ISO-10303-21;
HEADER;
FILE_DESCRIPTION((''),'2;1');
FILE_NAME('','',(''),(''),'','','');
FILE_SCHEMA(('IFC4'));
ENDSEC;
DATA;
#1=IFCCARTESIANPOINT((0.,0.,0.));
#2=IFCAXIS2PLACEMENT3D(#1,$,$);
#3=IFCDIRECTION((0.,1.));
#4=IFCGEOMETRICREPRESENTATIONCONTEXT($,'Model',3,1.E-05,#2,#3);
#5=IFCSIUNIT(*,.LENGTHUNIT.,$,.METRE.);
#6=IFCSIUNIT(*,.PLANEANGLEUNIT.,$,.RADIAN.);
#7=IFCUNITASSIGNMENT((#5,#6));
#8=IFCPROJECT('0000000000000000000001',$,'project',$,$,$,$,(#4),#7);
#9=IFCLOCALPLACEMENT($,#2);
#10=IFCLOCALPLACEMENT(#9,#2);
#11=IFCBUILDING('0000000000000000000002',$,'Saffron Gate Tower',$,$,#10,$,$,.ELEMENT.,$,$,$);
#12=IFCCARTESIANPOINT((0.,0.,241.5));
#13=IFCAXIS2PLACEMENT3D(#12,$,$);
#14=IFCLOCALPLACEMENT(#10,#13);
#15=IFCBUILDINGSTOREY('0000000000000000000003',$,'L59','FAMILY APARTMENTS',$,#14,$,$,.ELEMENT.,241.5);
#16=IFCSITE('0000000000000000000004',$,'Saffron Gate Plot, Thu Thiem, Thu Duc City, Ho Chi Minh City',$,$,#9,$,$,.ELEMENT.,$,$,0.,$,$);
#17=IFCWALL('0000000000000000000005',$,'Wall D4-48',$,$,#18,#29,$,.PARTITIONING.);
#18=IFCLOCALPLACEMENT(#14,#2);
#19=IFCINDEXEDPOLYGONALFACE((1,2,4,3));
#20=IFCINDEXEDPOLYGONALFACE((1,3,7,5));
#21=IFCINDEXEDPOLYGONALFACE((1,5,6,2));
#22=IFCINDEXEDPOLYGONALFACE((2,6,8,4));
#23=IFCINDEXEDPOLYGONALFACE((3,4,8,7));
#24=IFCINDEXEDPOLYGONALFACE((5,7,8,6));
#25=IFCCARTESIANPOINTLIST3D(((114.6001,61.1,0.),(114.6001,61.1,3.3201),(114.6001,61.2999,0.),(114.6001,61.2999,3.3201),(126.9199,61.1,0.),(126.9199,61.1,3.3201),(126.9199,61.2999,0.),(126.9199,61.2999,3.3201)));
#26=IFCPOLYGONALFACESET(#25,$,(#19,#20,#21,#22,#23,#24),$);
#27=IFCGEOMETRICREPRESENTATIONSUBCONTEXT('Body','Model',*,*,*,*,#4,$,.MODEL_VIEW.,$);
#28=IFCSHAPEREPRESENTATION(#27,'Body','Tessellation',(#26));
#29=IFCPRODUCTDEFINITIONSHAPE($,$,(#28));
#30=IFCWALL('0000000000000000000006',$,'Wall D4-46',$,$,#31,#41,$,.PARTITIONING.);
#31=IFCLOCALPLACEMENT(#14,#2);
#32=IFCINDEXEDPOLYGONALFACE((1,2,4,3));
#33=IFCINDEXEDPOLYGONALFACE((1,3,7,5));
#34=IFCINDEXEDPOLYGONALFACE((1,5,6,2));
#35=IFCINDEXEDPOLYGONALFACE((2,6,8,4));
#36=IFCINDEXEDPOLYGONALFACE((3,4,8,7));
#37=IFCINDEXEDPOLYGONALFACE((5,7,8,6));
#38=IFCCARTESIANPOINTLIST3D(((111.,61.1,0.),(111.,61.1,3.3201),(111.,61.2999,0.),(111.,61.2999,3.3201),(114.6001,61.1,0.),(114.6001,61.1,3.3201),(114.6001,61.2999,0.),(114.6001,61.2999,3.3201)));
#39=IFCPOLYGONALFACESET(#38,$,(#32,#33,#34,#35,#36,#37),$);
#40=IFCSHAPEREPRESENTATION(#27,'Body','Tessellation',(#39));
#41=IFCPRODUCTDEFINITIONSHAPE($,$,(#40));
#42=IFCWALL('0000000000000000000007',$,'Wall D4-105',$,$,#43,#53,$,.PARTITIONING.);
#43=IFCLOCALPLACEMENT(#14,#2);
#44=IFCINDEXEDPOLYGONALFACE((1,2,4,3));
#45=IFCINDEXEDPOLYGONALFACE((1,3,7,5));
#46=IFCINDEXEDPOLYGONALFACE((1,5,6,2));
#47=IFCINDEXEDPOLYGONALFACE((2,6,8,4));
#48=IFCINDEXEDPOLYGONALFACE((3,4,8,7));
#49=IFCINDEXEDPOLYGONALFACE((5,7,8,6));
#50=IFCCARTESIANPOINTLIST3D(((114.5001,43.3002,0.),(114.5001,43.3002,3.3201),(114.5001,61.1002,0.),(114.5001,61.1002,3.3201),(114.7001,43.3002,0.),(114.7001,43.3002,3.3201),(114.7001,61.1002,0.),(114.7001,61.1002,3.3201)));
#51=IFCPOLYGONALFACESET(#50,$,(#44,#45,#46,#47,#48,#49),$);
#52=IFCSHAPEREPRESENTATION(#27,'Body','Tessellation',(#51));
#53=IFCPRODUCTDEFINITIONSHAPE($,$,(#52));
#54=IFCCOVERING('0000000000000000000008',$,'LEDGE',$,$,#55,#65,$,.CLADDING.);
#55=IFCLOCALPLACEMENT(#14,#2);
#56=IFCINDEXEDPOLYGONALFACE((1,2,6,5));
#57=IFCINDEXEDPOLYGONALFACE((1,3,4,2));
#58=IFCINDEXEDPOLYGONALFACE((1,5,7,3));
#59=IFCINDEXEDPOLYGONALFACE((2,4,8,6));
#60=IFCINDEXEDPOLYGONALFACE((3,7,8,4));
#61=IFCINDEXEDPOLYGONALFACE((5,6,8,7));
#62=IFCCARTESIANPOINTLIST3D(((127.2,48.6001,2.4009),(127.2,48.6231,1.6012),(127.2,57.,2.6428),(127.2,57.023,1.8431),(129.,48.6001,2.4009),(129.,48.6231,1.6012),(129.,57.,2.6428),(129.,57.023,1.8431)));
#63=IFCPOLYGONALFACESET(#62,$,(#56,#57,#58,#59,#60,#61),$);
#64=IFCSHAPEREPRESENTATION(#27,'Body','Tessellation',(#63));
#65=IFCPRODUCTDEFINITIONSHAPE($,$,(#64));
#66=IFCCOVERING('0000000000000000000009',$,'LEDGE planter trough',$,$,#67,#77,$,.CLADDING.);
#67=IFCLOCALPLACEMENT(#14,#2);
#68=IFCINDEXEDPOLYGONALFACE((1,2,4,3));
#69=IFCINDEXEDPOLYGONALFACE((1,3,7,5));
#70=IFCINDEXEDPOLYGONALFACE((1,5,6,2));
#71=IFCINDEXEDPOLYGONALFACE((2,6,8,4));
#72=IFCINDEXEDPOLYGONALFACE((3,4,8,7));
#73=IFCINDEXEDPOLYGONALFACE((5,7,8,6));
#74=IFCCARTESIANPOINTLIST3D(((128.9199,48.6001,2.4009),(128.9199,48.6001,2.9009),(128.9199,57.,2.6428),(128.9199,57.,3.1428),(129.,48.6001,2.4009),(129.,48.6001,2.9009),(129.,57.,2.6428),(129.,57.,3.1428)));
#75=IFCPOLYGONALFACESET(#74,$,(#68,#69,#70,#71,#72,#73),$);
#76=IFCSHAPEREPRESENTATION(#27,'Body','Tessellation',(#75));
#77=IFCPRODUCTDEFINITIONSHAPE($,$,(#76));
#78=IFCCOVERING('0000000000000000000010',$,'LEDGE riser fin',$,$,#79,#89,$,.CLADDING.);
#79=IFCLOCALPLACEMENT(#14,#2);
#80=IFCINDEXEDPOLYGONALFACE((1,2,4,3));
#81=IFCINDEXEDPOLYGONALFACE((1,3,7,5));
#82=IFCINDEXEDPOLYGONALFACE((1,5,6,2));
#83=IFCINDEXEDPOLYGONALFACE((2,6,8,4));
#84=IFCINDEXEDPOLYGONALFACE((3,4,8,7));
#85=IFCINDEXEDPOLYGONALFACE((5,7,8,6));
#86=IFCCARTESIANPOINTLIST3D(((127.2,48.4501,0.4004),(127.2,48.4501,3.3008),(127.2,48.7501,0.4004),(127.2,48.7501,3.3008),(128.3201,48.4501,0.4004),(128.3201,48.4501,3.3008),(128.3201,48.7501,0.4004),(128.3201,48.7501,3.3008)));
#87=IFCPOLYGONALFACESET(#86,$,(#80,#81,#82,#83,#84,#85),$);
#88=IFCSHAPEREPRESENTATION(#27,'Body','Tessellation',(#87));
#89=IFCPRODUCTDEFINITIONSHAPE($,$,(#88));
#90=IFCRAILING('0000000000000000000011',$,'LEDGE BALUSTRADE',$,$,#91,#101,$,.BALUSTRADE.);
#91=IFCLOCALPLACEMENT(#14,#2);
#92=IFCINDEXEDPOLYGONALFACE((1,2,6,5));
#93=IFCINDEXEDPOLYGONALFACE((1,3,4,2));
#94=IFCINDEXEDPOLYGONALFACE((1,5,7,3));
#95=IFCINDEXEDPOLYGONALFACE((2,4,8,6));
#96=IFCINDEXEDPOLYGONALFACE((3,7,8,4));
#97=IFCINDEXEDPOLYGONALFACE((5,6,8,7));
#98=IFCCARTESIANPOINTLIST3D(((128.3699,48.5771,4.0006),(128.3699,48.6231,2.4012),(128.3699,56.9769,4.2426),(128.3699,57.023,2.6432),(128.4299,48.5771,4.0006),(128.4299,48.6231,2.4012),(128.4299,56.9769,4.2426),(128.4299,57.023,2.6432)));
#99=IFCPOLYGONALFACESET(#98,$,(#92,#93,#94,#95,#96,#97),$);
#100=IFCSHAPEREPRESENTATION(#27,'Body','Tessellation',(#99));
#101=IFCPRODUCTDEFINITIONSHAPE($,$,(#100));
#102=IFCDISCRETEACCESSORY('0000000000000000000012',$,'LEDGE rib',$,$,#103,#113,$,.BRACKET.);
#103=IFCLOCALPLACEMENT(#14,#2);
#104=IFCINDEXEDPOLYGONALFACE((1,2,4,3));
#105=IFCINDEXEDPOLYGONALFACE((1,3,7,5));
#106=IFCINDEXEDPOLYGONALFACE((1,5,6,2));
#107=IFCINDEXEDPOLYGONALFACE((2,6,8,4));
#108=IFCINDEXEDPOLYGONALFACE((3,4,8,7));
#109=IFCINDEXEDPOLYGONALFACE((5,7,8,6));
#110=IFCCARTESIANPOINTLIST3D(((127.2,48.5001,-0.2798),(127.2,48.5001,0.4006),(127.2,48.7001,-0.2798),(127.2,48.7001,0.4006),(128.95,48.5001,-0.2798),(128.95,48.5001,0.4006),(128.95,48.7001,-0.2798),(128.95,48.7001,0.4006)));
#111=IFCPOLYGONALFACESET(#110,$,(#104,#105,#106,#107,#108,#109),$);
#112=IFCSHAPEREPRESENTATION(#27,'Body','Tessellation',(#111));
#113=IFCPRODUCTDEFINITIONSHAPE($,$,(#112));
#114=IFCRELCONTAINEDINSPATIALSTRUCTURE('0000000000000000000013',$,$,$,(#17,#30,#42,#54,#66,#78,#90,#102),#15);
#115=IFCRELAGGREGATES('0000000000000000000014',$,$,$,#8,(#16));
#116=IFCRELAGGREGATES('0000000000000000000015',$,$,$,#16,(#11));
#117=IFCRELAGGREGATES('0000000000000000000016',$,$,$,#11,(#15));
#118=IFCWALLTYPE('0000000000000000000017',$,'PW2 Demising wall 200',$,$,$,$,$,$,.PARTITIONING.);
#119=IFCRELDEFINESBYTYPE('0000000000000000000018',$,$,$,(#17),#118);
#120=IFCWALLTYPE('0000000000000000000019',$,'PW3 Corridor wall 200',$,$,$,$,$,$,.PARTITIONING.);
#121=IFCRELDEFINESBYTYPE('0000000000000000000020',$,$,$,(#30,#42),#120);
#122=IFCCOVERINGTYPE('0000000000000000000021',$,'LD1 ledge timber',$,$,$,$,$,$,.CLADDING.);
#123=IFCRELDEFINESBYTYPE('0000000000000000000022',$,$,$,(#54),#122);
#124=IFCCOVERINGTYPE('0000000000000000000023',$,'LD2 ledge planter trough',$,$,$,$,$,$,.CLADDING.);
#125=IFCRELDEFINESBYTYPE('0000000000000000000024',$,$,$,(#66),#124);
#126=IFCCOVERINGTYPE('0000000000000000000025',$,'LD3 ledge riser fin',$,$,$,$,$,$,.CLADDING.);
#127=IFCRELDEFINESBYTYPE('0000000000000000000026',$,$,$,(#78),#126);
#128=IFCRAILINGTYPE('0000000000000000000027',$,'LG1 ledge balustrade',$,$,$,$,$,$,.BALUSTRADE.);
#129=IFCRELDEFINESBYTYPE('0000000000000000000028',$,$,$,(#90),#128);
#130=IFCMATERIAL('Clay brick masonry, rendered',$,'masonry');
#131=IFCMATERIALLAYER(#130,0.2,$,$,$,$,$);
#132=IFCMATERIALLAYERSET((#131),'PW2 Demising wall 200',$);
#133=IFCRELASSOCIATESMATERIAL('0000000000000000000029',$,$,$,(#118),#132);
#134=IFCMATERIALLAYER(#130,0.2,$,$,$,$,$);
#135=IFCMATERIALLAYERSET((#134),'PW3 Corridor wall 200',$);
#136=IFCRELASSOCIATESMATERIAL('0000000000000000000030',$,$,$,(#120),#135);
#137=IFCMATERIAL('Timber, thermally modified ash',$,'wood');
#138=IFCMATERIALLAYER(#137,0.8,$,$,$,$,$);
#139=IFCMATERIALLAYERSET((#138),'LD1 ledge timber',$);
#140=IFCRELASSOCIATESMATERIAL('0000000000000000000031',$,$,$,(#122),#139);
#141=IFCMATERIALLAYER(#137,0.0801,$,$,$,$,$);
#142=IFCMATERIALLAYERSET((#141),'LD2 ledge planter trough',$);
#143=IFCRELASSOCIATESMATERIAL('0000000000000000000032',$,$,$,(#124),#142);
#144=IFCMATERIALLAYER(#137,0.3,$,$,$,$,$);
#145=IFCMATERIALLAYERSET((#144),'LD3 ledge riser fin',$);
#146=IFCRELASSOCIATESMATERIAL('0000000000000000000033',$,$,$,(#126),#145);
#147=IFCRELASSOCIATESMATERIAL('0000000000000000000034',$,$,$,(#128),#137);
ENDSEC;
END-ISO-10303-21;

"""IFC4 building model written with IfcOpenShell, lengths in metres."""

from ifc_helpers import new_model, si_unit, direction, frame, frame_2d, origin, origin_2d, place, context, subcontext, project, spatial, polyline, rectangle, outline, extrude, material, layer, layer_set, type_object, element, save


model = new_model("IFC4")

# Units and contexts
model_context = context("Model", 3, precision=1e-05, world=origin(), true_north=direction((0.0, 1.0)))
body_context = subcontext(model_context, "Body", "Model", "MODEL_VIEW")
ifc_project = project(units=[si_unit("LENGTHUNIT", "METRE"), si_unit("PLANEANGLEUNIT", "RADIAN")], contexts=[model_context])

# Site, building, storey
site_placement = place(None, origin())
site = spatial("IfcSite", under=ifc_project, at=site_placement, Name="Saffron Gate Plot, Thu Thiem, Thu Duc City, Ho Chi Minh City", CompositionType="ELEMENT", RefElevation=0.0)
building_placement = place(site_placement, origin())
building = spatial("IfcBuilding", under=site, at=building_placement, Name="Saffron Gate Tower", CompositionType="ELEMENT")
storey_placement = place(building_placement, frame((0.0, 0.0, 241.5)))
storey = spatial("IfcBuildingStorey", under=building, at=storey_placement, Name="L59", Description="FAMILY APARTMENTS", CompositionType="ELEMENT", Elevation=241.5)

# Walls
ifc_material_1 = material(Name="Clay brick masonry, rendered", Category="masonry")
ifc_layer_1 = layer(ifc_material_1, 0.2)
ifc_layer_set_1 = layer_set([ifc_layer_1], Name="PW2 Demising wall 200")
wall_type_1 = type_object("IfcWallType", Name="PW2 Demising wall 200", PredefinedType="PARTITIONING", material=ifc_layer_set_1)
wall_1_placement = place(storey_placement, frame((114.6001, 61.2, 0.0), z_axis=(0.0, 0.0, 1.0), x_axis=(1.0, 0.0, 0.0)))
element("IfcWall", 1, at=wall_1_placement, inside=storey, type_object=wall_type_1, Name="Wall D4-48", PredefinedType="PARTITIONING", context=body_context, shape_type="SweptSolid", body=[
    extrude(rectangle(XDim=12.3198, YDim=0.2, at=frame_2d((6.1599, 0.0))), origin(), (0.0, 0.0, 1.0), 3.3201),
])
ifc_layer_2 = layer(ifc_material_1, 0.2)
ifc_layer_set_2 = layer_set([ifc_layer_2], Name="PW3 Corridor wall 200")
wall_type_2 = type_object("IfcWallType", Name="PW3 Corridor wall 200", PredefinedType="PARTITIONING", material=ifc_layer_set_2)
wall_2_placement = place(storey_placement, frame((111.0, 61.2, 0.0), z_axis=(0.0, 0.0, 1.0), x_axis=(1.0, 0.0, 0.0)))
element("IfcWall", 2, at=wall_2_placement, inside=storey, type_object=wall_type_2, Name="Wall D4-46", PredefinedType="PARTITIONING", context=body_context, shape_type="SweptSolid", body=[
    extrude(rectangle(XDim=3.6001, YDim=0.2, at=frame_2d((1.8, 0.0))), origin(), (0.0, 0.0, 1.0), 3.3201),
])
wall_3_placement = place(storey_placement, frame((114.6001, 61.1001, 0.0), z_axis=(0.0, 0.0, 1.0), x_axis=(0.0, -1.0, 0.0)))
element("IfcWall", 3, at=wall_3_placement, inside=storey, type_object=wall_type_2, Name="Wall D4-105", PredefinedType="PARTITIONING", context=body_context, shape_type="SweptSolid", body=[
    extrude(rectangle(XDim=17.8, YDim=0.2, at=frame_2d((8.8999, 0.0))), origin(), (0.0, 0.0, 1.0), 3.3201),
])

# Coverings
ifc_material_2 = material(Name="Timber, thermally modified ash", Category="wood")
ifc_layer_3 = layer(ifc_material_2, 0.8)
ifc_layer_set_3 = layer_set([ifc_layer_3], Name="LD1 ledge timber")
covering_type_1 = type_object("IfcCoveringType", Name="LD1 ledge timber", PredefinedType="CLADDING", material=ifc_layer_set_3)
covering_1_placement = place(storey_placement, frame((127.2, 48.6001, 2.4009), z_axis=(0.0, -0.028791, 0.999585), x_axis=(0.0, 0.999585, 0.028791)))
element("IfcCovering", 4, at=covering_1_placement, inside=storey, type_object=covering_type_1, Name="LEDGE", PredefinedType="CLADDING", context=body_context, shape_type="SweptSolid", body=[
    extrude(outline(polyline([(0.0, 0.0), (8.4034, 0.0), (8.4034, -1.8), (0.0, -1.8), (0.0, 0.0)])), origin(), (0.0, 0.0, -1.0), 0.8),
])
ifc_layer_4 = layer(ifc_material_2, 0.0801)
ifc_layer_set_4 = layer_set([ifc_layer_4], Name="LD2 ledge planter trough")
covering_type_2 = type_object("IfcCoveringType", Name="LD2 ledge planter trough", PredefinedType="CLADDING", material=ifc_layer_set_4)
covering_2_placement = place(storey_placement, frame((129.0, 48.6001, 2.4009), z_axis=(1.0, 0.0, 0.0), x_axis=(0.0, 0.999585, 0.028791)))
element("IfcCovering", 5, at=covering_2_placement, inside=storey, type_object=covering_type_2, Name="LEDGE planter trough", PredefinedType="CLADDING", context=body_context, shape_type="SweptSolid", body=[
    extrude(outline(polyline([(0.0, 0.0), (8.4034, 0.0), (8.4178, 0.4998), (0.0144, 0.4998), (0.0, 0.0)])), origin(), (0.0, 0.0, -1.0), 0.0801),
])
ifc_layer_5 = layer(ifc_material_2, 0.3)
ifc_layer_set_5 = layer_set([ifc_layer_5], Name="LD3 ledge riser fin")
covering_type_3 = type_object("IfcCoveringType", Name="LD3 ledge riser fin", PredefinedType="CLADDING", material=ifc_layer_set_5)
covering_3_placement = place(storey_placement, frame((127.76, 48.6001, 0.4004), z_axis=(0.0, 0.0, 1.0), x_axis=(0.0, 1.0, 0.0)))
element("IfcCovering", 6, at=covering_3_placement, inside=storey, type_object=covering_type_3, Name="LEDGE riser fin", PredefinedType="CLADDING", context=body_context, shape_type="SweptSolid", body=[
    extrude(rectangle(XDim=0.3, YDim=1.1201, at=origin_2d()), origin(), (0.0, 0.0, 1.0), 2.9004),
])

# Railing
railing_type = type_object("IfcRailingType", Name="LG1 ledge balustrade", PredefinedType="BALUSTRADE", material=ifc_material_2)
railing_placement = place(storey_placement, frame((128.3999, 48.6001, 2.4009)))
element("IfcRailing", 7, at=railing_placement, inside=storey, type_object=railing_type, Name="LEDGE BALUSTRADE", PredefinedType="BALUSTRADE", context=body_context, shape_type="SweptSolid", body=[
    extrude(rectangle(XDim=0.0601, YDim=1.6001, at=origin_2d()), frame((0.0, 0.0, 0.8), z_axis=(0.0, 0.999585, 0.028791), x_axis=(-1.0, 0.0, 0.0)), (0.0, 0.0, 1.0), 8.4033),
])

# Discrete accessory
discrete_accessory_placement = place(storey_placement, frame((128.075, 48.6001, -0.2798), z_axis=(0.0, 0.0, 1.0), x_axis=(0.0, 1.0, 0.0)))
element("IfcDiscreteAccessory", 8, at=discrete_accessory_placement, inside=storey, Name="LEDGE rib", PredefinedType="BRACKET", context=body_context, shape_type="SweptSolid", body=[
    extrude(rectangle(XDim=0.2, YDim=1.75, at=origin_2d()), origin(), (0.0, 0.0, 1.0), 0.6804),
])

save(model, "model.ifc")
